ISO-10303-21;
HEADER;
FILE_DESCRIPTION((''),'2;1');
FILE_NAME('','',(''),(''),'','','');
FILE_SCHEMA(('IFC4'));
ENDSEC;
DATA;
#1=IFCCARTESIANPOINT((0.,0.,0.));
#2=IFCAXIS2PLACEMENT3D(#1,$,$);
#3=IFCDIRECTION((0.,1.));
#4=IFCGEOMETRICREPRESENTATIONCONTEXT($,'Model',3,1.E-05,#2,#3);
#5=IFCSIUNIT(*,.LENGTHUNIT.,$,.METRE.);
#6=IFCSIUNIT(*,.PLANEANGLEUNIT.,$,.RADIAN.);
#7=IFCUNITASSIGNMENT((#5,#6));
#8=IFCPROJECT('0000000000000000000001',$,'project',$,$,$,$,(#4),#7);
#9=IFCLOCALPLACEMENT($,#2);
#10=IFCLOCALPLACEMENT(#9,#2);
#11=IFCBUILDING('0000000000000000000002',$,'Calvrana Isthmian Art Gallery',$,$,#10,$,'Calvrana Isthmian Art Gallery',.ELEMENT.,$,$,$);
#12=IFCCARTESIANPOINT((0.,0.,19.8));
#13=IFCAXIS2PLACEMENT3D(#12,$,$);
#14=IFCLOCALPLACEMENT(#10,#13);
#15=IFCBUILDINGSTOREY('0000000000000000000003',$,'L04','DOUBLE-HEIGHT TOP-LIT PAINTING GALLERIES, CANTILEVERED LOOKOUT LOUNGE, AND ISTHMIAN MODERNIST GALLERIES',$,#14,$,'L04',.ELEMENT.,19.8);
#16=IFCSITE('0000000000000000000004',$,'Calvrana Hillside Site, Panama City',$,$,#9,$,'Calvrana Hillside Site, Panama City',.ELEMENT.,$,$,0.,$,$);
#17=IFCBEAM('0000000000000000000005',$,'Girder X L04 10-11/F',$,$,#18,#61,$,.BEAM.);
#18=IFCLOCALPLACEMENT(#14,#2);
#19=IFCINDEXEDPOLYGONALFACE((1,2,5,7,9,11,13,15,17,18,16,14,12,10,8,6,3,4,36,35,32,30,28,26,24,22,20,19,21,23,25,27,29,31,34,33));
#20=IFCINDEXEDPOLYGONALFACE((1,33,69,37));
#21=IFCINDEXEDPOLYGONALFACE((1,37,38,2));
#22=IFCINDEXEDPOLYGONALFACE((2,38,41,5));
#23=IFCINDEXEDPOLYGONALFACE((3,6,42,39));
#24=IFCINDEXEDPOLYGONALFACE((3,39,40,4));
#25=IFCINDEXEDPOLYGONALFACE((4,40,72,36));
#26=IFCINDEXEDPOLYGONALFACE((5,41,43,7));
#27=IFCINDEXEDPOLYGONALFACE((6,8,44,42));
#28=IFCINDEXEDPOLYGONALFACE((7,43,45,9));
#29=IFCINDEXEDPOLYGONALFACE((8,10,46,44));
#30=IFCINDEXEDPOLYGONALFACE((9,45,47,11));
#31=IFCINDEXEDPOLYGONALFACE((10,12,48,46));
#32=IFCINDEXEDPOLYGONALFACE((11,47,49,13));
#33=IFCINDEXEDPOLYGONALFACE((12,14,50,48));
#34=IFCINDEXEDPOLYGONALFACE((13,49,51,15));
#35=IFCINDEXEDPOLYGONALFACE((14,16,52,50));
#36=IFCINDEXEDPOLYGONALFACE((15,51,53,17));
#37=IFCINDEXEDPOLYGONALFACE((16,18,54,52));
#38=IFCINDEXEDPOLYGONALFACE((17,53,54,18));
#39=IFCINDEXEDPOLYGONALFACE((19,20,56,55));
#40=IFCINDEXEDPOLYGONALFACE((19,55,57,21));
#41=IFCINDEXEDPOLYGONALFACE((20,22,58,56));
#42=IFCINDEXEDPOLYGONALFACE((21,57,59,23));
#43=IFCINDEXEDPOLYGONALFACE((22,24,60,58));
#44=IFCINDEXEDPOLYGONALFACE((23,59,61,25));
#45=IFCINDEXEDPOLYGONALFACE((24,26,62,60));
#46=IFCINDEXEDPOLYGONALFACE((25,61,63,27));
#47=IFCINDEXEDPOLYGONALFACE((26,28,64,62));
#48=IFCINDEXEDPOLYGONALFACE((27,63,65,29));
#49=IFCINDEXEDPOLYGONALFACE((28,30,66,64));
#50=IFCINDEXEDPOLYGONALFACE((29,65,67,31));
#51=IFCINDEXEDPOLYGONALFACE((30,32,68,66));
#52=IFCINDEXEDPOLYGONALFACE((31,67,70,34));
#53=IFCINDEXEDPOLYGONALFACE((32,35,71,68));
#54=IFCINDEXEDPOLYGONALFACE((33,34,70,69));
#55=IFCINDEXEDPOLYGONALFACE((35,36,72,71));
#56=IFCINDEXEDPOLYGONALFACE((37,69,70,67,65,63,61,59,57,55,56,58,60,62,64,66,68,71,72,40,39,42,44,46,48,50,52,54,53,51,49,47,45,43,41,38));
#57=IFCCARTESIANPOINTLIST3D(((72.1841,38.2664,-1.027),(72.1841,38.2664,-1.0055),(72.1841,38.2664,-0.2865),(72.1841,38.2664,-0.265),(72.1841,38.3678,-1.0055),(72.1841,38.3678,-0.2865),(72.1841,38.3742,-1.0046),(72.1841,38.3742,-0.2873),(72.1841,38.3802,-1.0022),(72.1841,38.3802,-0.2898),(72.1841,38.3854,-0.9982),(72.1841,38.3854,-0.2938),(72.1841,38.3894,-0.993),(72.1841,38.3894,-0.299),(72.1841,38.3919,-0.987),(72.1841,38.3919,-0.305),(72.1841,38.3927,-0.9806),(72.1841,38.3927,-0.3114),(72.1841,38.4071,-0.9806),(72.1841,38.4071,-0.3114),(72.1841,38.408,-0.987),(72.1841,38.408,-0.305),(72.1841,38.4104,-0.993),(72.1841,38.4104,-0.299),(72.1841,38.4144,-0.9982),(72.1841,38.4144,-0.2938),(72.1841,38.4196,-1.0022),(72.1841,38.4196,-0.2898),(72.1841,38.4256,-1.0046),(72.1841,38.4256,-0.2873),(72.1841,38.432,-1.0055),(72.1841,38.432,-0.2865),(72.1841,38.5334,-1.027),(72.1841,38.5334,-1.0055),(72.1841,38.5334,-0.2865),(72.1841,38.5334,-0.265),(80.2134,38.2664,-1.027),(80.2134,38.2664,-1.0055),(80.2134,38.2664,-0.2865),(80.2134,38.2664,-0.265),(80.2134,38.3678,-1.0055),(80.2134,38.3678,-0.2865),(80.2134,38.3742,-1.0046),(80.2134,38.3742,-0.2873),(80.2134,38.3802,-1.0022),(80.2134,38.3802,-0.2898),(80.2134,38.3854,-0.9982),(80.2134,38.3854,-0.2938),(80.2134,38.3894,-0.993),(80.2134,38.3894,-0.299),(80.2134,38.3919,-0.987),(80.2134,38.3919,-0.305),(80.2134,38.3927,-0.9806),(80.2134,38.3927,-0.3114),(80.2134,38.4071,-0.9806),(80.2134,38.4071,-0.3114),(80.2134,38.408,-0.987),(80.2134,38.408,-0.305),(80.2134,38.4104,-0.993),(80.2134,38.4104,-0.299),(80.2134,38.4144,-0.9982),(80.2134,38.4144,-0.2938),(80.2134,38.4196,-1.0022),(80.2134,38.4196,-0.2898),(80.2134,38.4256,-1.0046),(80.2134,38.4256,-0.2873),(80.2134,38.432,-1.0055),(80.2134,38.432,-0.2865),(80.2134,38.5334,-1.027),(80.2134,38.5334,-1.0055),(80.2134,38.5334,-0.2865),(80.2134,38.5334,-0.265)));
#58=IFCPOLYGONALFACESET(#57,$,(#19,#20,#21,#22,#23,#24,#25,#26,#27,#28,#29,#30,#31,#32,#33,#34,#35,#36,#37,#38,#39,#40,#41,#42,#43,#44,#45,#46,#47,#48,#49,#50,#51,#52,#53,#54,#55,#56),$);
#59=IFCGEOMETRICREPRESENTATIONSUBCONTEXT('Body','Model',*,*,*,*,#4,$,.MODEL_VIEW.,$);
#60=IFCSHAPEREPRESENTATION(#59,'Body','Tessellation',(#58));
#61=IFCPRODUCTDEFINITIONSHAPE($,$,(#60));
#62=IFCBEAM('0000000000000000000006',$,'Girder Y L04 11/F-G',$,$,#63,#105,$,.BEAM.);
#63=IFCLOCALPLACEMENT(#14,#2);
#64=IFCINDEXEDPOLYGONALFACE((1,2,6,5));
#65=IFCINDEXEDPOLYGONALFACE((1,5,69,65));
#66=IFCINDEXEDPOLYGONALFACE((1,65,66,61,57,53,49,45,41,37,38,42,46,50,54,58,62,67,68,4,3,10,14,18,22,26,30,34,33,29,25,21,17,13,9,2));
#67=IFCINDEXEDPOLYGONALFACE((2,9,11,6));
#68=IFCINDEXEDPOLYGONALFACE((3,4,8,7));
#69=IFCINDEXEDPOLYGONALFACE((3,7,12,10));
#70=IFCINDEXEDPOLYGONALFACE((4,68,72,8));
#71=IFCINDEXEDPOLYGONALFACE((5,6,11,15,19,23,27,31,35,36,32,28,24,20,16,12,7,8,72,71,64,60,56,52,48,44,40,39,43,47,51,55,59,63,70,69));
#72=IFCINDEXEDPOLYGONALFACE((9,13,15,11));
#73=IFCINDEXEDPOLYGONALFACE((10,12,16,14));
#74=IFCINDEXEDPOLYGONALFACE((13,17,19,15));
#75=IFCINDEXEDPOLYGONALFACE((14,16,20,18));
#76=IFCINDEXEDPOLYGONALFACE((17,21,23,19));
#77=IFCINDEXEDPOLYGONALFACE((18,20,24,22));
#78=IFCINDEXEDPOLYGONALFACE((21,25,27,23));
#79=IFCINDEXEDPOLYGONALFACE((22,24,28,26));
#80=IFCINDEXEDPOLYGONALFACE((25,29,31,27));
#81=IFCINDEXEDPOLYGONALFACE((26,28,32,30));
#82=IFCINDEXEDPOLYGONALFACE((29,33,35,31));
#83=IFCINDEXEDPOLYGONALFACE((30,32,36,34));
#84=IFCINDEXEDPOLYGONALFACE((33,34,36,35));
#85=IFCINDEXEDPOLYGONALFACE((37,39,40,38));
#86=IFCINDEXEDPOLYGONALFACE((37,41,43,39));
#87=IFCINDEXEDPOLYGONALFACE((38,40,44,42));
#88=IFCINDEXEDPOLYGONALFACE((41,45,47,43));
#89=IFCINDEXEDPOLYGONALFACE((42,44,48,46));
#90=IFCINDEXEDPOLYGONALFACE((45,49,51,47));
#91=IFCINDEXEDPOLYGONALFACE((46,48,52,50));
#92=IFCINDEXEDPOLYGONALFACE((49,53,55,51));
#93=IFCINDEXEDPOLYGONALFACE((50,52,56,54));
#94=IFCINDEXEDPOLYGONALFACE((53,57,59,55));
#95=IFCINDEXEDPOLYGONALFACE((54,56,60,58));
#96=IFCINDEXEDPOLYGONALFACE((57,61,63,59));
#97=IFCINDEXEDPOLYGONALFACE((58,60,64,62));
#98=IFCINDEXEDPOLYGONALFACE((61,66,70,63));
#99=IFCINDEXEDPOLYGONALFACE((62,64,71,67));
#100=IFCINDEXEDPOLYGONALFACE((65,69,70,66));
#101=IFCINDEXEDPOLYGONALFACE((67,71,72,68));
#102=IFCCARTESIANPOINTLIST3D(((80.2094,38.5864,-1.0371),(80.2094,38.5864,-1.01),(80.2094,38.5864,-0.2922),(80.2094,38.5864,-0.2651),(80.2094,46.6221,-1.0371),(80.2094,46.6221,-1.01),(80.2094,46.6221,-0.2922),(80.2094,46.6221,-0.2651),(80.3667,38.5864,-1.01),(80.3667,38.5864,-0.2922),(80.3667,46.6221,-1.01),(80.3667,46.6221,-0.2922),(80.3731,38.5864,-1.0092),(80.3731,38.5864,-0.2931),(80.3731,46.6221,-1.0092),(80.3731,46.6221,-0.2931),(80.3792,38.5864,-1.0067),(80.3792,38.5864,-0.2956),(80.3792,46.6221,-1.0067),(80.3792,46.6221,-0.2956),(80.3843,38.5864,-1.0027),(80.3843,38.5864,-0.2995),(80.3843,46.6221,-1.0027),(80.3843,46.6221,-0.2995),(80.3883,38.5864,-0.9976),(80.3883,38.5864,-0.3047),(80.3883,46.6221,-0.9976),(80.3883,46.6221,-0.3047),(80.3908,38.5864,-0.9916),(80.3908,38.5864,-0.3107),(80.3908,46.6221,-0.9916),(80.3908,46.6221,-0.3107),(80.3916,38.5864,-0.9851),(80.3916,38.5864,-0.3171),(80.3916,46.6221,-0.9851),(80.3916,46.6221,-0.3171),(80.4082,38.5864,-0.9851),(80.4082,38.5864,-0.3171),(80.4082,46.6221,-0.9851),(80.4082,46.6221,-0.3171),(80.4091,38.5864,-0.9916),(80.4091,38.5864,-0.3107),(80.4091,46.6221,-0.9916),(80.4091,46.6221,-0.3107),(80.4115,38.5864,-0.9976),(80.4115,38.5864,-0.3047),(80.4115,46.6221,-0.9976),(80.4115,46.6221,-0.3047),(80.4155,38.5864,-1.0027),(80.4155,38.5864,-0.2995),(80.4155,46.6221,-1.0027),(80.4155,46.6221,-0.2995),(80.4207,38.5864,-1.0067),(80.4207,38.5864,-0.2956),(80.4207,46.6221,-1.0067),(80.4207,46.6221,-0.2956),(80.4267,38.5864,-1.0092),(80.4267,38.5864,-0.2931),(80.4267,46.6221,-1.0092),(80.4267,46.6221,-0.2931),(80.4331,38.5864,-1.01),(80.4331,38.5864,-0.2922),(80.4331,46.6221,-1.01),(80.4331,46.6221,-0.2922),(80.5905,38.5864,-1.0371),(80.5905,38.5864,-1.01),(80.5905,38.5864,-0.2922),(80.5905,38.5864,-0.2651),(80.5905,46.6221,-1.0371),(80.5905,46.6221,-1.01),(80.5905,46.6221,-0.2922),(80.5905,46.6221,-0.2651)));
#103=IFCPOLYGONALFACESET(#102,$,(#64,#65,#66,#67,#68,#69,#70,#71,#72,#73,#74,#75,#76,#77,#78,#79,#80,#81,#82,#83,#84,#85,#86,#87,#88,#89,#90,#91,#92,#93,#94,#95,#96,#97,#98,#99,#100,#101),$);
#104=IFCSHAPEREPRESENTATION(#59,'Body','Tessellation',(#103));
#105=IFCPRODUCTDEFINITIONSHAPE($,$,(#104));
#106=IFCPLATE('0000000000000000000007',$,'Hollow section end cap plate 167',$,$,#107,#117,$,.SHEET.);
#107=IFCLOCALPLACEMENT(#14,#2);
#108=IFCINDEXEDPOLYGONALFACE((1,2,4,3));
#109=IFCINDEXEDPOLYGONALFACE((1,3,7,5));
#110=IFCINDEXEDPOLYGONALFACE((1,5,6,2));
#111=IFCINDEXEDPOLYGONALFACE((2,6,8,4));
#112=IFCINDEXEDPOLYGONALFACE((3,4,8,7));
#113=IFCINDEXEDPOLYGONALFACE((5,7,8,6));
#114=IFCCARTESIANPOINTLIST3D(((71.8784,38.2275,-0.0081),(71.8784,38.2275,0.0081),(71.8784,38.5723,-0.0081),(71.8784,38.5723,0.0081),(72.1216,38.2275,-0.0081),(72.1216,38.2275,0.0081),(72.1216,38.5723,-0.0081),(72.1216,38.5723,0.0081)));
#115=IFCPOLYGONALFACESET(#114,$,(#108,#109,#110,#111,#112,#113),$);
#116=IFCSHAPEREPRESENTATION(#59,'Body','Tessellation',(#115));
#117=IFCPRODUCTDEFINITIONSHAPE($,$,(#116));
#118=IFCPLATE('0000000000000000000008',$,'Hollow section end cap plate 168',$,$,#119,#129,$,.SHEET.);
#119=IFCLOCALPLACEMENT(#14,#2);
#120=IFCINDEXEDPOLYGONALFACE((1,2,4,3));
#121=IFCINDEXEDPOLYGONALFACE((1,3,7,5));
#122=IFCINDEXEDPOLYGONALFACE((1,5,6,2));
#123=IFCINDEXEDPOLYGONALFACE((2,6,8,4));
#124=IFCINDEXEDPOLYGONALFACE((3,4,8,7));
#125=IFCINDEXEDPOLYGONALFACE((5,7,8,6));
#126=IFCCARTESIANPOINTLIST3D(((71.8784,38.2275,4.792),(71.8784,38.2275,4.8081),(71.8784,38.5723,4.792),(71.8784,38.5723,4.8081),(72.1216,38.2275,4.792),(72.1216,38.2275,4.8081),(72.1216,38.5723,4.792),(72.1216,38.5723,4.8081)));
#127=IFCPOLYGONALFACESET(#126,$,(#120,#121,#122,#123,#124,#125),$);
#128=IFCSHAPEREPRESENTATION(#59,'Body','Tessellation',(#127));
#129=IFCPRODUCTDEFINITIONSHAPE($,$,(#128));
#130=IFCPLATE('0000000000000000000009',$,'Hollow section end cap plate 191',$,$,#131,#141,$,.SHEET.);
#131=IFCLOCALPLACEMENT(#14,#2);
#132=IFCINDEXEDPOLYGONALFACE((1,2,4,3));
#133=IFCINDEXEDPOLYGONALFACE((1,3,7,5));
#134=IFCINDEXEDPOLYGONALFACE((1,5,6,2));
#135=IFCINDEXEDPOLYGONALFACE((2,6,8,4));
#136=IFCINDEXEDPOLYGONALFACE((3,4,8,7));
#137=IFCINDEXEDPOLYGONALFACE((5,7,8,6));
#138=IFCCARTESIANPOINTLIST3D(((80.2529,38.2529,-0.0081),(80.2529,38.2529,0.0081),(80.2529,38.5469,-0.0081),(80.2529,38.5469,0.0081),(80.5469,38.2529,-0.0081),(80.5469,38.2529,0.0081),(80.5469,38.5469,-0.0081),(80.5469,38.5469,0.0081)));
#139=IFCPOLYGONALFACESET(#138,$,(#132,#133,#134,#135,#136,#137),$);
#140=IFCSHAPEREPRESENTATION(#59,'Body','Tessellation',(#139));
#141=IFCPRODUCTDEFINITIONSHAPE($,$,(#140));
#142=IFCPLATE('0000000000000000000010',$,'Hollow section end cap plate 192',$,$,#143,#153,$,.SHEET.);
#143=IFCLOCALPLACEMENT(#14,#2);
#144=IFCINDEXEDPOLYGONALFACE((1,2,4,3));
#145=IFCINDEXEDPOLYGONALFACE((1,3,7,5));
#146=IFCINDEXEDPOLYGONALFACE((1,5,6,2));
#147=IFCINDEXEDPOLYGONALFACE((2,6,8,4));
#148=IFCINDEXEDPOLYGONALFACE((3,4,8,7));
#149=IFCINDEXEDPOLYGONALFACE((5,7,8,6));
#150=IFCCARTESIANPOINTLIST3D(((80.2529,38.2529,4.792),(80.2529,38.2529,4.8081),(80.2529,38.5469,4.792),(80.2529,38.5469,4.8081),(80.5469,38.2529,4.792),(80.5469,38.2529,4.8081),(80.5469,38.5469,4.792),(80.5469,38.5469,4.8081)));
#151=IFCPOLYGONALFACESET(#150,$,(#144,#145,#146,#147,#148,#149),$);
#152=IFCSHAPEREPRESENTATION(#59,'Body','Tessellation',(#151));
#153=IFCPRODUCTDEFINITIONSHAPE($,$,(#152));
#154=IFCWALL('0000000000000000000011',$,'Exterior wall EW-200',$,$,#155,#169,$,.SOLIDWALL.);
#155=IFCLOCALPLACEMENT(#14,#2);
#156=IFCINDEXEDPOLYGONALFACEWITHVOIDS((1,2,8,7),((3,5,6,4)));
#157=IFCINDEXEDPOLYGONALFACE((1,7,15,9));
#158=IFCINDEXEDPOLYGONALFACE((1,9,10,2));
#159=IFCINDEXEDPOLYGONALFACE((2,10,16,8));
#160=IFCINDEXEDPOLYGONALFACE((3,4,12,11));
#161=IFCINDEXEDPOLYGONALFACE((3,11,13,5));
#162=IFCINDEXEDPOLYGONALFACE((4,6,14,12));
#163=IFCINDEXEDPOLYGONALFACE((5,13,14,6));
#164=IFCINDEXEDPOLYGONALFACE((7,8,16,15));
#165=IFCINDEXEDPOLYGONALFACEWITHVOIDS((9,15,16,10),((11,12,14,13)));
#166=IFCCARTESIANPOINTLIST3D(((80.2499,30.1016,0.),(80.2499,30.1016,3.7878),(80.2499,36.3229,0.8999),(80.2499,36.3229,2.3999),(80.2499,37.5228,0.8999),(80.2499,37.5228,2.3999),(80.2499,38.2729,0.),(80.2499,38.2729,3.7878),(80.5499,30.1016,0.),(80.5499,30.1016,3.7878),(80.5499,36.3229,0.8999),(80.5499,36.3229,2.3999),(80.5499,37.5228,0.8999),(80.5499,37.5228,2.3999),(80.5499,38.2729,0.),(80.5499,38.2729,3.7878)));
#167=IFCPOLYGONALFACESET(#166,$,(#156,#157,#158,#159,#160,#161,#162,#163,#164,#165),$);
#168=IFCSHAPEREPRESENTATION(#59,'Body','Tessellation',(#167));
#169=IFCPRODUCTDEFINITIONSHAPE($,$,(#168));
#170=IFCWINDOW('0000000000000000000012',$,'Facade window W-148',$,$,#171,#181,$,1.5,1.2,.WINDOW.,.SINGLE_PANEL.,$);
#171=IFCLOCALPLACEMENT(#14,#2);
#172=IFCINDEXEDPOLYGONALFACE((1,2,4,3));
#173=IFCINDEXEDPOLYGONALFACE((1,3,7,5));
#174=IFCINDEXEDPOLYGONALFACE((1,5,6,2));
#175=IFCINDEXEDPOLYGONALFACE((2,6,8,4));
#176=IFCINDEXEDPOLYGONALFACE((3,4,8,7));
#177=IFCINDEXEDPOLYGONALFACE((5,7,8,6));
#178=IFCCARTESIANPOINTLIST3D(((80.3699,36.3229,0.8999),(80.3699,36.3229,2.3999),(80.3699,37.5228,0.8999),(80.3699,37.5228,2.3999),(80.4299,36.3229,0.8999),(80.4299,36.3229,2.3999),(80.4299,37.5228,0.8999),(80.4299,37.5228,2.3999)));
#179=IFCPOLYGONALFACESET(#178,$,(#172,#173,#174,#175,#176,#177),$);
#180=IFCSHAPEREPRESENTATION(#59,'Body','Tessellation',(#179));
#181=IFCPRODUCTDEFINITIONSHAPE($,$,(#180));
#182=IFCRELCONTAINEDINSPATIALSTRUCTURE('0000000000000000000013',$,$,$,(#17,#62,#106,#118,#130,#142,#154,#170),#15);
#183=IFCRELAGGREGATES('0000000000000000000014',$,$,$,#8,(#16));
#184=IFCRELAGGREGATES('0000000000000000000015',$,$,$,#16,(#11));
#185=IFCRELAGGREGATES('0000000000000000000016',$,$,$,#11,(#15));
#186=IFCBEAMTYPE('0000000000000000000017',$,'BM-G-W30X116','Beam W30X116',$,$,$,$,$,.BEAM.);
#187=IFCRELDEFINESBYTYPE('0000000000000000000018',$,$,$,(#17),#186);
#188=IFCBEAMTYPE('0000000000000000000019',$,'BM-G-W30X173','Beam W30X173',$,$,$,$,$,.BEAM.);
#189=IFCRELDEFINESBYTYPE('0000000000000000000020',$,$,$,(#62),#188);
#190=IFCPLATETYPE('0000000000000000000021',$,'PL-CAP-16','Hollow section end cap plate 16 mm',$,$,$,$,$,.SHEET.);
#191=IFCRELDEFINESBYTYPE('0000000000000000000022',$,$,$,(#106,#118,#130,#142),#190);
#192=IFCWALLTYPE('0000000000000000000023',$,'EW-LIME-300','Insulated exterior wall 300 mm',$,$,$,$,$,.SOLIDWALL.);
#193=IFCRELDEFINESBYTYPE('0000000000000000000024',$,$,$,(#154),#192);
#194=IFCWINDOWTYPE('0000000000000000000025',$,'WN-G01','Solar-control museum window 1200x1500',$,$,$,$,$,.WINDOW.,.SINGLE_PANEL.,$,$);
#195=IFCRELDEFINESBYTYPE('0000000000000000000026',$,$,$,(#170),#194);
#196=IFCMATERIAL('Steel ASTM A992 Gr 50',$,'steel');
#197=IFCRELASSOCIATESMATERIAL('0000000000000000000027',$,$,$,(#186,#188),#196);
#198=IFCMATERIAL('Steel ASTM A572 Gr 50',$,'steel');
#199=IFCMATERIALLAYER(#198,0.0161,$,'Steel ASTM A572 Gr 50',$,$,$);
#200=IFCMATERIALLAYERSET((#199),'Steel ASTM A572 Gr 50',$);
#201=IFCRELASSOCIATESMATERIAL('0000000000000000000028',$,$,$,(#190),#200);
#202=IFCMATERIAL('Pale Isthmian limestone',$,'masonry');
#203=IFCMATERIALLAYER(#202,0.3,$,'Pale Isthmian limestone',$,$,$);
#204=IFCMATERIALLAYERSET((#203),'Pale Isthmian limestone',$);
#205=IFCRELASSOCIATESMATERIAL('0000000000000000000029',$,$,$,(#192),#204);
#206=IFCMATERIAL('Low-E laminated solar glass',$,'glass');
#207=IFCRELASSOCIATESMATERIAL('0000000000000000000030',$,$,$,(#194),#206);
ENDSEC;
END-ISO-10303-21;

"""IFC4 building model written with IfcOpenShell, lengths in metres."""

from ifc_helpers import new_model, si_unit, direction, frame, frame_2d, origin, origin_2d, place, context, subcontext, project, spatial, rectangle, i_section, extrude, material, layer, layer_set, material_profile, profile_set, type_object, element, fill, save


model = new_model("IFC4")

# Units and contexts
model_context = context("Model", 3, precision=1e-05, world=origin(), true_north=direction((0.0, 1.0)))
body_context = subcontext(model_context, "Body", "Model", "MODEL_VIEW")
ifc_project = project(units=[si_unit("LENGTHUNIT", "METRE"), si_unit("PLANEANGLEUNIT", "RADIAN")], contexts=[model_context])

# Site, building, storey
site_placement = place(None, origin())
site = spatial("IfcSite", under=ifc_project, at=site_placement, Name="Calvrana Hillside Site, Panama City", LongName="Calvrana Hillside Site, Panama City", CompositionType="ELEMENT", RefElevation=0.0)
building_placement = place(site_placement, origin())
building = spatial("IfcBuilding", under=site, at=building_placement, Name="Calvrana Isthmian Art Gallery", LongName="Calvrana Isthmian Art Gallery", CompositionType="ELEMENT")
storey_placement = place(building_placement, frame((0.0, 0.0, 19.8)))
storey = spatial("IfcBuildingStorey", under=building, at=storey_placement, Name="L04", Description="DOUBLE-HEIGHT TOP-LIT PAINTING GALLERIES, CANTILEVERED LOOKOUT LOUNGE, AND ISTHMIAN MODERNIST GALLERIES", LongName="L04", CompositionType="ELEMENT", Elevation=19.8)

# Beams
ifc_material_1 = material(Name="Steel ASTM A992 Gr 50", Category="steel")
ifc_material_profile_1 = material_profile(ifc_material_1, i_section(OverallWidth=0.2671, OverallDepth=0.762, WebThickness=0.0144, FlangeThickness=0.0215, FilletRadius=0.0249, at=origin_2d()), Name="W30X116")
ifc_profile_set_1 = profile_set([ifc_material_profile_1], Name="Steel ASTM A992 Gr 50")
beam_type_1 = type_object("IfcBeamType", Name="BM-G-W30X116", Description="Beam W30X116", PredefinedType="BEAM", material=ifc_profile_set_1)
beam_1_placement = place(storey_placement, frame((72.1841, 38.3999, -0.646), z_axis=(1.0, 0.0, 0.0), x_axis=(0.0, 1.0, 0.0)))
element("IfcBeam", 1, at=beam_1_placement, inside=storey, type_object=beam_type_1, Name="Girder X L04 10-11/F", PredefinedType="BEAM", context=body_context, shape_type="SweptSolid", body=[
    extrude(i_section(OverallWidth=0.2671, OverallDepth=0.762, WebThickness=0.0144, FlangeThickness=0.0215, FilletRadius=0.0249, at=origin_2d()), origin(), (0.0, 0.0, 1.0), 8.0293),
])
ifc_material_profile_2 = material_profile(ifc_material_1, i_section(OverallWidth=0.3811, OverallDepth=0.772, WebThickness=0.0166, FlangeThickness=0.0271, FilletRadius=0.0249, at=origin_2d()), Name="W30X173")
ifc_profile_set_2 = profile_set([ifc_material_profile_2], Name="Steel ASTM A992 Gr 50")
beam_type_2 = type_object("IfcBeamType", Name="BM-G-W30X173", Description="Beam W30X173", PredefinedType="BEAM", material=ifc_profile_set_2)
beam_2_placement = place(storey_placement, frame((80.3999, 38.5864, -0.6511), z_axis=(0.0, 1.0, 0.0), x_axis=(-1.0, 0.0, 0.0)))
element("IfcBeam", 2, at=beam_2_placement, inside=storey, type_object=beam_type_2, Name="Girder Y L04 11/F-G", PredefinedType="BEAM", context=body_context, shape_type="SweptSolid", body=[
    extrude(i_section(OverallWidth=0.3811, OverallDepth=0.772, WebThickness=0.0166, FlangeThickness=0.0271, FilletRadius=0.0249, at=origin_2d()), origin(), (0.0, 0.0, 1.0), 8.0356),
])

# Plates
ifc_material_2 = material(Name="Steel ASTM A572 Gr 50", Category="steel")
ifc_layer_1 = layer(ifc_material_2, 0.0161, Name="Steel ASTM A572 Gr 50")
ifc_layer_set_1 = layer_set([ifc_layer_1], Name="Steel ASTM A572 Gr 50")
plate_type = type_object("IfcPlateType", Name="PL-CAP-16", Description="Hollow section end cap plate 16 mm", PredefinedType="SHEET", material=ifc_layer_set_1)
for number, where, z_axis, x_axis, name in (
    (3, (72.0, 38.3999, -0.0081), (0.0, 0.0, 1.0), (1.0, 0.0, 0.0), "Hollow section end cap plate 167"),
    (4, (72.0, 38.3999, 4.792), (0.0, 0.0, 1.0), (1.0, 0.0, 0.0), "Hollow section end cap plate 168"),
):
    element("IfcPlate", number, at=place(storey_placement, frame(where, z_axis=z_axis, x_axis=x_axis)), inside=storey, type_object=plate_type, Name=name, PredefinedType="SHEET", context=body_context, shape_type="SweptSolid", body=[
        extrude(rectangle(XDim=0.2432, YDim=0.3447, at=origin_2d()), origin(), (0.0, 0.0, 1.0), 0.0161),
    ])
for number, where, z_axis, x_axis, name in (
    (5, (80.3999, 38.3999, -0.0081), (0.0, 0.0, 1.0), (1.0, 0.0, 0.0), "Hollow section end cap plate 191"),
    (6, (80.3999, 38.3999, 4.792), (0.0, 0.0, 1.0), (1.0, 0.0, 0.0), "Hollow section end cap plate 192"),
):
    element("IfcPlate", number, at=place(storey_placement, frame(where, z_axis=z_axis, x_axis=x_axis)), inside=storey, type_object=plate_type, Name=name, PredefinedType="SHEET", context=body_context, shape_type="SweptSolid", body=[
        extrude(rectangle(XDim=0.2939, YDim=0.2939, at=origin_2d()), origin(), (0.0, 0.0, 1.0), 0.0161),
    ])

# Wall, opening, window
ifc_material_3 = material(Name="Pale Isthmian limestone", Category="masonry")
ifc_layer_2 = layer(ifc_material_3, 0.3, Name="Pale Isthmian limestone")
ifc_layer_set_2 = layer_set([ifc_layer_2], Name="Pale Isthmian limestone")
wall_type_1 = type_object("IfcWallType", Name="EW-LIME-300", Description="Insulated exterior wall 300 mm", PredefinedType="SOLIDWALL", material=ifc_layer_set_2)
wall_1_placement = place(storey_placement, frame((80.3999, 38.2729, 0.0), z_axis=(0.0, 0.0, 1.0), x_axis=(0.0, -1.0, 0.0)))
wall_1 = element("IfcWall", 7, at=wall_1_placement, inside=storey, type_object=wall_type_1, Name="Exterior wall EW-200", PredefinedType="SOLIDWALL", context=body_context, shape_type="SweptSolid", body=[
    extrude(rectangle(XDim=8.1714, YDim=0.3, at=frame_2d((4.0857, 0.0))), origin(), (0.0, 0.0, 1.0), 3.7878),
])
opening_1_placement = place(wall_1_placement, frame((0.75, 0.0, 0.8999)))
opening_1 = element("IfcOpeningElement", 8, at=opening_1_placement, cuts=wall_1, PredefinedType="OPENING", context=body_context, shape_type="SweptSolid", body=[
    extrude(rectangle(XDim=1.2, YDim=1.5, at=frame_2d((0.6001, 0.75))), frame((0.0, 0.1602, 0.0), z_axis=(0.0, -1.0, 0.0), x_axis=(1.0, 0.0, 0.0)), (0.0, 0.0, 1.0), 0.3206),
])
ifc_material_4 = material(Name="Low-E laminated solar glass", Category="glass")
window_type = type_object("IfcWindowType", Name="WN-G01", Description="Solar-control museum window 1200x1500", PartitioningType="SINGLE_PANEL", PredefinedType="WINDOW", material=ifc_material_4)
window_placement = place(opening_1_placement, origin())
window = element("IfcWindow", 9, at=window_placement, inside=storey, type_object=window_type, Name="Facade window W-148", OverallHeight=1.5, OverallWidth=1.2, PartitioningType="SINGLE_PANEL", PredefinedType="WINDOW", context=body_context, shape_type="SweptSolid", body=[
    extrude(rectangle(XDim=1.2, YDim=1.5, at=frame_2d((0.6001, 0.75))), frame((0.0, 0.03, 0.0), z_axis=(0.0, -1.0, 0.0), x_axis=(1.0, 0.0, 0.0)), (0.0, 0.0, 1.0), 0.0601),
])
fill(opening_1, window)

save(model, "model.ifc")
